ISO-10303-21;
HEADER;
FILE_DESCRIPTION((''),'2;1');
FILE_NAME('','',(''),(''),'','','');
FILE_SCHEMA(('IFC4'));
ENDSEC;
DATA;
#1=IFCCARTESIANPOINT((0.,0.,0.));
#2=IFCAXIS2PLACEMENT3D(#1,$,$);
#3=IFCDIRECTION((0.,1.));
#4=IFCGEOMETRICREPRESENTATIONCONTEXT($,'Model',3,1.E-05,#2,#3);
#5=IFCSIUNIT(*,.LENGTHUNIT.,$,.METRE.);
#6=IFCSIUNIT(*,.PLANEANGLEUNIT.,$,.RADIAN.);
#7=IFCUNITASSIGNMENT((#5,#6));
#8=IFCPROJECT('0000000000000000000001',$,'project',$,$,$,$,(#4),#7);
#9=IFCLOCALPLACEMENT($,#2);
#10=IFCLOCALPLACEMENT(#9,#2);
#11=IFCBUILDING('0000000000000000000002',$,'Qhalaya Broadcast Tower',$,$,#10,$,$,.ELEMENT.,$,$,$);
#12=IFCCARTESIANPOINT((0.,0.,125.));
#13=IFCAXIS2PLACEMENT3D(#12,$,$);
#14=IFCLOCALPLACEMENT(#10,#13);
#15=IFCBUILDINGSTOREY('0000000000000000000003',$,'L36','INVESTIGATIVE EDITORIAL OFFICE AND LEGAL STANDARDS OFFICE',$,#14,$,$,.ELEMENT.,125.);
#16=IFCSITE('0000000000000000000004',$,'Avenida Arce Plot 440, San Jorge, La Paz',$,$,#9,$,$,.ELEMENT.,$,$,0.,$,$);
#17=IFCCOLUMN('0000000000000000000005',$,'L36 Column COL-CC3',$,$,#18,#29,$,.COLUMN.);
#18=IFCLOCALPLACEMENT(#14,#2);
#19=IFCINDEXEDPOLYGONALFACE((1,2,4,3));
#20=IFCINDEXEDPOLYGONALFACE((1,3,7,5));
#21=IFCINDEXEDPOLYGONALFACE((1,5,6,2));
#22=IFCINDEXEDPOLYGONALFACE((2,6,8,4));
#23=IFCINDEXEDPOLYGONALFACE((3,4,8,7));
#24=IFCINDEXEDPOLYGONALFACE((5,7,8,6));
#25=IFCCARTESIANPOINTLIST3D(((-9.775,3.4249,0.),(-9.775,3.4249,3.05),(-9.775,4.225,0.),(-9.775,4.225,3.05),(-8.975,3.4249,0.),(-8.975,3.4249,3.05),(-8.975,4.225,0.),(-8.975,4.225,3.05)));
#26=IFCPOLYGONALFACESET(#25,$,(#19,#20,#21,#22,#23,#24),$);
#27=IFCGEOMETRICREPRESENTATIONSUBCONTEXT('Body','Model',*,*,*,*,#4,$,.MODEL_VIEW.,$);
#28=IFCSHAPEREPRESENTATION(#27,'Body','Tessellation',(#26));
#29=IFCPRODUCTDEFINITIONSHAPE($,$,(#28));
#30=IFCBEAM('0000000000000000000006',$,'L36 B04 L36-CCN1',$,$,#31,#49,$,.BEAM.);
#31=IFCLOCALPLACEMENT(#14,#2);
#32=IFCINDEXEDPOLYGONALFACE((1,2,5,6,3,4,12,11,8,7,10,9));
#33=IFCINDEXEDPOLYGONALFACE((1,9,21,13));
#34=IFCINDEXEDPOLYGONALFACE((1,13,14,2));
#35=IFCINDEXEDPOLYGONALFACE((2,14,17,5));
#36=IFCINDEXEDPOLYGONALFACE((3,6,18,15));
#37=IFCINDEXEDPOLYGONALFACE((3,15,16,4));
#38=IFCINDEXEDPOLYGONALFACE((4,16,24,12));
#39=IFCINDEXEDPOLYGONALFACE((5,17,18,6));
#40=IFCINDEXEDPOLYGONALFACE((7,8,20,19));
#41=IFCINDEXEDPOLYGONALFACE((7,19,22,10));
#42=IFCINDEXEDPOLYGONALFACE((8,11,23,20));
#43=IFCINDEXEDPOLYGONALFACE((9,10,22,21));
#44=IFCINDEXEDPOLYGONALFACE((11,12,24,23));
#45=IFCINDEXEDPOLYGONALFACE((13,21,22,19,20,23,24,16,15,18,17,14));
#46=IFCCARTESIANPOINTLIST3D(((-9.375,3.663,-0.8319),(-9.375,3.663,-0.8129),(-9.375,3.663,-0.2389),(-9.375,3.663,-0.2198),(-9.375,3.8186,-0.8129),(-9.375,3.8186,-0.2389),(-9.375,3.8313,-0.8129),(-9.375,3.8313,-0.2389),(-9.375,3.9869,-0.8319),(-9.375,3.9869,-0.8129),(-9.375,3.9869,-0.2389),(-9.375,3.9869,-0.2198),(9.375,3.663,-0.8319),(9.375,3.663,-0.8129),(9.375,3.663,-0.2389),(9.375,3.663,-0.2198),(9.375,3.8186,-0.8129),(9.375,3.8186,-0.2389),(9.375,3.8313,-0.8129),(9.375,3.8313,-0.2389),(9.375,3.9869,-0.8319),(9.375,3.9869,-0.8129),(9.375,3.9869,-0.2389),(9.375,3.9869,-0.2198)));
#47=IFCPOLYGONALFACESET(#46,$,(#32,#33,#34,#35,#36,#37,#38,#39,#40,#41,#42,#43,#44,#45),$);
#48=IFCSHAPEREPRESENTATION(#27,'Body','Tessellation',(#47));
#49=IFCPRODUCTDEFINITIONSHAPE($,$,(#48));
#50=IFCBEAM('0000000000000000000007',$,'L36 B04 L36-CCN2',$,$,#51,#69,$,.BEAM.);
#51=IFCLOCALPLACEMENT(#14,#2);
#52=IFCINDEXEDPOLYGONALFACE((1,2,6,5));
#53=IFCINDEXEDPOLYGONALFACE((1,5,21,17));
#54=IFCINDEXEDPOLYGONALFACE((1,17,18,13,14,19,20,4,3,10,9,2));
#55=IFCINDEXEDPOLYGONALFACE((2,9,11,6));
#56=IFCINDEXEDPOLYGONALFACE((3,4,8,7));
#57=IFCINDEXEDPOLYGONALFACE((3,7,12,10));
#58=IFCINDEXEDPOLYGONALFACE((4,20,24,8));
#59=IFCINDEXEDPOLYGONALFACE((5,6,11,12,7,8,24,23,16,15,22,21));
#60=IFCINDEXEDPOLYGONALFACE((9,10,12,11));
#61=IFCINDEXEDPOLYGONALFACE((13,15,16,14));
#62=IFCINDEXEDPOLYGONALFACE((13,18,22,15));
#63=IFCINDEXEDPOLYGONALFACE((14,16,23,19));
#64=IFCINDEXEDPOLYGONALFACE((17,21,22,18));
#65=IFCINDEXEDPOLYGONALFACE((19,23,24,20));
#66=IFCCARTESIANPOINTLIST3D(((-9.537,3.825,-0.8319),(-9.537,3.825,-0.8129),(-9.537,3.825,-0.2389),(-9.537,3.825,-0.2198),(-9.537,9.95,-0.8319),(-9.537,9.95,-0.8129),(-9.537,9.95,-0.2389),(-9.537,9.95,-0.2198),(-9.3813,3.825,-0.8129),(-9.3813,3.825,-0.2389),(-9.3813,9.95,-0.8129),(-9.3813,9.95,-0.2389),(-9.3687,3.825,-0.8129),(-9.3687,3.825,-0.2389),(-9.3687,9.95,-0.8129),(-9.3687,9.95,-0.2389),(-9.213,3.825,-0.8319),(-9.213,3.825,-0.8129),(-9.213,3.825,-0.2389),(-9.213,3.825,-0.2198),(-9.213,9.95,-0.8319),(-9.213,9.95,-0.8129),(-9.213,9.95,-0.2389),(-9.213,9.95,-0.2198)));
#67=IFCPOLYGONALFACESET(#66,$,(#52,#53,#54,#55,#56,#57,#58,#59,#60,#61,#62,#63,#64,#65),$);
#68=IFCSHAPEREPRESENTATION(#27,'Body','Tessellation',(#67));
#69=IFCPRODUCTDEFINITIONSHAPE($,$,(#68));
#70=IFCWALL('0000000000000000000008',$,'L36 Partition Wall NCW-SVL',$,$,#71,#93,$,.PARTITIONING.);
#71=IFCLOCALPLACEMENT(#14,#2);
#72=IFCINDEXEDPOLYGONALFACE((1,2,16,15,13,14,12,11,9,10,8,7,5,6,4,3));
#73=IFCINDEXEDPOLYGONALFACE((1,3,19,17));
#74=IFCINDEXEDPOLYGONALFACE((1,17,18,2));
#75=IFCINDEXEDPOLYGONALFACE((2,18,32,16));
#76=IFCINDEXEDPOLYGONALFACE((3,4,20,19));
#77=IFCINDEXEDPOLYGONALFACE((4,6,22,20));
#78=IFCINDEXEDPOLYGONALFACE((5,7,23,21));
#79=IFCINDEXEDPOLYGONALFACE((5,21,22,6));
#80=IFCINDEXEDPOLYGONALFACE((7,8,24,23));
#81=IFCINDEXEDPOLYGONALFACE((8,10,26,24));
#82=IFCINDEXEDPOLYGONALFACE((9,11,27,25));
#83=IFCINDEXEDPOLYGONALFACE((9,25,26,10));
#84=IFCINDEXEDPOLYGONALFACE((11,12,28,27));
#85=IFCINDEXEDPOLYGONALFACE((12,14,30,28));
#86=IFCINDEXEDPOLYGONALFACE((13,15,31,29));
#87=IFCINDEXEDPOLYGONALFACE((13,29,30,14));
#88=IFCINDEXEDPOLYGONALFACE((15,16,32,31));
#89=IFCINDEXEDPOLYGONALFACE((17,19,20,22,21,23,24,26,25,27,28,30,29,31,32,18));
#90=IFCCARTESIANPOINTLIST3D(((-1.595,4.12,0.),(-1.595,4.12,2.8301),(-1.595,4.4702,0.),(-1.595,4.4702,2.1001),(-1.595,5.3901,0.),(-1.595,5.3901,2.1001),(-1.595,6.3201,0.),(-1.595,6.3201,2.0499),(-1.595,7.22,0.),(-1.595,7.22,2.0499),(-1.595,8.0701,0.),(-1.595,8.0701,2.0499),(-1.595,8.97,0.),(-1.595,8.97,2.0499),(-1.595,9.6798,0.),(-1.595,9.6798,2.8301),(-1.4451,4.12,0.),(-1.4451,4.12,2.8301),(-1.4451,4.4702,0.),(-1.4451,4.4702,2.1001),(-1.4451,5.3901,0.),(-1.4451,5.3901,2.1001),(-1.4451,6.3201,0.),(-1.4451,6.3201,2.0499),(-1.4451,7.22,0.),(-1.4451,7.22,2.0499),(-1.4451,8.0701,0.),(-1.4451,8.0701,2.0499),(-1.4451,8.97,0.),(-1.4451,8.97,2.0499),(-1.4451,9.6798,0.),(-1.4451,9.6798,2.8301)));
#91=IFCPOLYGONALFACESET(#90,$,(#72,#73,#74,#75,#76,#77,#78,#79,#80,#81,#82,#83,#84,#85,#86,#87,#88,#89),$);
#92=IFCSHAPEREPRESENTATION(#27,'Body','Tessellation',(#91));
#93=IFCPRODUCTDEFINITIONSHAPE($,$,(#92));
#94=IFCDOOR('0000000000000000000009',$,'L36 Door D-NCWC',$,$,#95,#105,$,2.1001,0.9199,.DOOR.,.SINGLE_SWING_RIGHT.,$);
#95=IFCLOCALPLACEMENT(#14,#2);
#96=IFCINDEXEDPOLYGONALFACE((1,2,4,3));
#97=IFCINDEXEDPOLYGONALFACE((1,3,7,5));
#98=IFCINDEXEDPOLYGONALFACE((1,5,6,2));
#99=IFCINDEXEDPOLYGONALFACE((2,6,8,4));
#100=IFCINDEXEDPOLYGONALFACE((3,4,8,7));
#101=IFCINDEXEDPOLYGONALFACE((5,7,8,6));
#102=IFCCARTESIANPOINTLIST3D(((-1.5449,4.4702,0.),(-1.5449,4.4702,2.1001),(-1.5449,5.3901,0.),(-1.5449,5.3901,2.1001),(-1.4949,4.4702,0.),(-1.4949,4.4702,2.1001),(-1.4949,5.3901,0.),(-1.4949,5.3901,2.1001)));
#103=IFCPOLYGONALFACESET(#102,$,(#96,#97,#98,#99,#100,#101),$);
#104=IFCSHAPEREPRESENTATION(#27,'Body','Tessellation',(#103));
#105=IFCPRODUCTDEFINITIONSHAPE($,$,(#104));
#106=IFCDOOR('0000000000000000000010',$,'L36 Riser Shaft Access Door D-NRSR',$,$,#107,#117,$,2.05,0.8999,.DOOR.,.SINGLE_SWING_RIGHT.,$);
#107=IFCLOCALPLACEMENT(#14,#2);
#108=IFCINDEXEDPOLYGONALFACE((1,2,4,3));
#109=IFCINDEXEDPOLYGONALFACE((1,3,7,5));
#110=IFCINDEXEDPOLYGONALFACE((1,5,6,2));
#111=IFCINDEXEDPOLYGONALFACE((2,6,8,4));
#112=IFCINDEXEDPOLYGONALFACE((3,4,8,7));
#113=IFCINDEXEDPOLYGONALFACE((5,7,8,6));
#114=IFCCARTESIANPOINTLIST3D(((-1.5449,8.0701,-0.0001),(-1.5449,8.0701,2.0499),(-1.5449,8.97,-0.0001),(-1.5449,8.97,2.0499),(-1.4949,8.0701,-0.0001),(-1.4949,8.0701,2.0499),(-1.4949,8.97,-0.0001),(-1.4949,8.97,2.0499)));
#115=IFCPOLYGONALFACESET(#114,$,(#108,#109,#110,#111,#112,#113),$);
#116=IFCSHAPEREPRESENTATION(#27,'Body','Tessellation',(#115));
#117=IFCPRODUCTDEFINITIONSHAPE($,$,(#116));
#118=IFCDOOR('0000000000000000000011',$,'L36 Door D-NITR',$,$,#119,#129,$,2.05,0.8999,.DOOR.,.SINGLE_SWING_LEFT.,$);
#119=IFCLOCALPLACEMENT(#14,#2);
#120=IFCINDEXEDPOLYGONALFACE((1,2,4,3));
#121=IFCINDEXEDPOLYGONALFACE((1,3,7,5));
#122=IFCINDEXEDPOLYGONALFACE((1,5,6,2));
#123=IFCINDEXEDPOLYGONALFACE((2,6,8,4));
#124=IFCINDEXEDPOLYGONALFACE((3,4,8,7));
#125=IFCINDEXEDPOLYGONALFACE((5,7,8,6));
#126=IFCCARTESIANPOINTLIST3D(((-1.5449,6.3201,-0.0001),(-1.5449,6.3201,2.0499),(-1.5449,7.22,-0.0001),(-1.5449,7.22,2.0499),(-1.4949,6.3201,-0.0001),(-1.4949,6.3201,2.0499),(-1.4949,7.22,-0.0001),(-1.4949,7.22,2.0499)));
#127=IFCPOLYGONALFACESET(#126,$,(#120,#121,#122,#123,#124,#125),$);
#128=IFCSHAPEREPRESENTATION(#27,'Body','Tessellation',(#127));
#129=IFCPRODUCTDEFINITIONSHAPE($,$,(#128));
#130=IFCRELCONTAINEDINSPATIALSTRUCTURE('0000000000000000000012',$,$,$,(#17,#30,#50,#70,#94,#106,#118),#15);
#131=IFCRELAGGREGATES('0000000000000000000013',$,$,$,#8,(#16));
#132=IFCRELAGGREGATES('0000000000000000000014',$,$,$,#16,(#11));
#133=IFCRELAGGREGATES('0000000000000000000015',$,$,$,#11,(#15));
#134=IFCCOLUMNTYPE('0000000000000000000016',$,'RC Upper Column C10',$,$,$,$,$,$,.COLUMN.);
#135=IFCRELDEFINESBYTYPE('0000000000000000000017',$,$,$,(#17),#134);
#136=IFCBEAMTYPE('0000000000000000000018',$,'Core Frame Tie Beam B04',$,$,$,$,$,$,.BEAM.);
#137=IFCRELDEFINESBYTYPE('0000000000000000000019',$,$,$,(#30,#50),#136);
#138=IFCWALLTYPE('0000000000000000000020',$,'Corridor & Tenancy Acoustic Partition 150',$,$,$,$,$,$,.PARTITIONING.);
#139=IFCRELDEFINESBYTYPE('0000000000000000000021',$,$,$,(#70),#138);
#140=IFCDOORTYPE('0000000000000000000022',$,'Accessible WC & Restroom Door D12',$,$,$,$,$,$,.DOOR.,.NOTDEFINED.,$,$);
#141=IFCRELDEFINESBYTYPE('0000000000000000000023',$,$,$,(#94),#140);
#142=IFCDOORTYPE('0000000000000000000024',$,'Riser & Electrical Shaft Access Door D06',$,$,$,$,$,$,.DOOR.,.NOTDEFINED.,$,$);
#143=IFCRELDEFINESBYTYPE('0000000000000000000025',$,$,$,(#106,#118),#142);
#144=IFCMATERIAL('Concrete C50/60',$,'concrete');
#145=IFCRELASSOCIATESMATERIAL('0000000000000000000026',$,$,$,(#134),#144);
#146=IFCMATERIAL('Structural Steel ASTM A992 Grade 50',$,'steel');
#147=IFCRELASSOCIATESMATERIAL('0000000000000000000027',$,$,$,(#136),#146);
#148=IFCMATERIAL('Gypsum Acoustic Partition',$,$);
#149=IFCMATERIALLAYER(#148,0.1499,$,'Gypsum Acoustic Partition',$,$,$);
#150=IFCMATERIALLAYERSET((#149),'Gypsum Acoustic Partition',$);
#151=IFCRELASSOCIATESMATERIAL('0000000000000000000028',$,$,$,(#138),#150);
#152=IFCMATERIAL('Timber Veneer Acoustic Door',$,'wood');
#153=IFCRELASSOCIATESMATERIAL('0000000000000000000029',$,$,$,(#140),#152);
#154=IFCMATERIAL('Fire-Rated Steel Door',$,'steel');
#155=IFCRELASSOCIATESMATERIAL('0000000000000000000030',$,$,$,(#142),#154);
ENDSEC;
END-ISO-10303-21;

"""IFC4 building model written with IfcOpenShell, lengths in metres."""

from ifc_helpers import new_model, si_unit, direction, frame, frame_2d, origin, origin_2d, place, context, subcontext, project, spatial, rectangle, i_section, extrude, material, layer, layer_set, material_profile, profile_set, type_object, element, fill, save


model = new_model("IFC4")

# Units and contexts
model_context = context("Model", 3, precision=1e-05, world=origin(), true_north=direction((0.0, 1.0)))
body_context = subcontext(model_context, "Body", "Model", "MODEL_VIEW")
ifc_project = project(units=[si_unit("LENGTHUNIT", "METRE"), si_unit("PLANEANGLEUNIT", "RADIAN")], contexts=[model_context])

# Site, building, storey
site_placement = place(None, origin())
site = spatial("IfcSite", under=ifc_project, at=site_placement, Name="Avenida Arce Plot 440, San Jorge, La Paz", CompositionType="ELEMENT", RefElevation=0.0)
building_placement = place(site_placement, origin())
building = spatial("IfcBuilding", under=site, at=building_placement, Name="Qhalaya Broadcast Tower", CompositionType="ELEMENT")
storey_placement = place(building_placement, frame((0.0, 0.0, 125.0)))
storey = spatial("IfcBuildingStorey", under=building, at=storey_placement, Name="L36", Description="INVESTIGATIVE EDITORIAL OFFICE AND LEGAL STANDARDS OFFICE", CompositionType="ELEMENT", Elevation=125.0)

# Column
ifc_material_1 = material(Name="Concrete C50/60", Category="concrete")
ifc_material_profile_1 = material_profile(ifc_material_1, rectangle(XDim=0.8, YDim=0.8, at=origin_2d()), Name="RC-COL 800x800")
ifc_profile_set_1 = profile_set([ifc_material_profile_1], Name="Concrete C50/60")
column_type = type_object("IfcColumnType", Name="RC Upper Column C10", PredefinedType="COLUMN", material=ifc_profile_set_1)
column_placement = place(storey_placement, frame((-9.375, 3.825, 0.0), z_axis=(0.0, 0.0, 1.0), x_axis=(1.0, 0.0, 0.0)))
element("IfcColumn", 1, at=column_placement, inside=storey, type_object=column_type, Name="L36 Column COL-CC3", PredefinedType="COLUMN", context=body_context, shape_type="SweptSolid", body=[
    extrude(rectangle(XDim=0.8, YDim=0.8, at=origin_2d()), origin(), (0.0, 0.0, 1.0), 3.05),
])

# Beams
ifc_material_2 = material(Name="Structural Steel ASTM A992 Grade 50", Category="steel")
ifc_material_profile_2 = material_profile(ifc_material_2, i_section(OverallWidth=0.324, OverallDepth=0.6121, WebThickness=0.0127, FlangeThickness=0.019, at=origin_2d()), Name="W24X104")
ifc_profile_set_2 = profile_set([ifc_material_profile_2], Name="Structural Steel ASTM A992 Grade 50")
beam_type = type_object("IfcBeamType", Name="Core Frame Tie Beam B04", PredefinedType="BEAM", material=ifc_profile_set_2)
beam_1_placement = place(storey_placement, frame((-9.375, 3.825, -0.5259), z_axis=(1.0, 0.0, 0.0), x_axis=(0.0, 1.0, 0.0)))
element("IfcBeam", 2, at=beam_1_placement, inside=storey, type_object=beam_type, Name="L36 B04 L36-CCN1", PredefinedType="BEAM", context=body_context, shape_type="SweptSolid", body=[
    extrude(i_section(OverallWidth=0.324, OverallDepth=0.6121, WebThickness=0.0127, FlangeThickness=0.019, at=origin_2d()), origin(), (0.0, 0.0, 1.0), 18.75),
])
beam_2_placement = place(storey_placement, frame((-9.375, 3.825, -0.5259), z_axis=(0.0, 1.0, 0.0), x_axis=(-1.0, 0.0, 0.0)))
element("IfcBeam", 3, at=beam_2_placement, inside=storey, type_object=beam_type, Name="L36 B04 L36-CCN2", PredefinedType="BEAM", context=body_context, shape_type="SweptSolid", body=[
    extrude(i_section(OverallWidth=0.324, OverallDepth=0.6121, WebThickness=0.0127, FlangeThickness=0.019, at=origin_2d()), origin(), (0.0, 0.0, 1.0), 6.125),
])

# Wall, openings, doors
ifc_material_3 = material(Name="Gypsum Acoustic Partition")
ifc_layer_1 = layer(ifc_material_3, 0.1499, Name="Gypsum Acoustic Partition")
ifc_layer_set_1 = layer_set([ifc_layer_1], Name="Gypsum Acoustic Partition")
wall_type_1 = type_object("IfcWallType", Name="Corridor & Tenancy Acoustic Partition 150", PredefinedType="PARTITIONING", material=ifc_layer_set_1)
wall_1_placement = place(storey_placement, frame((-1.52, 4.1201, 0.0), z_axis=(0.0, 0.0, 1.0), x_axis=(0.0, 1.0, 0.0)))
wall_1 = element("IfcWall", 4, at=wall_1_placement, inside=storey, type_object=wall_type_1, Name="L36 Partition Wall NCW-SVL", PredefinedType="PARTITIONING", context=body_context, shape_type="SweptSolid", body=[
    extrude(rectangle(XDim=5.5598, YDim=0.1499, at=frame_2d((2.7798, 0.0))), origin(), (0.0, 0.0, 1.0), 2.8301),
])
opening_1_placement = place(wall_1_placement, frame((3.95, 0.0, 0.0)))
opening_1 = element("IfcOpeningElement", 5, at=opening_1_placement, cuts=wall_1, PredefinedType="OPENING", context=body_context, shape_type="SweptSolid", body=[
    extrude(rectangle(XDim=0.8999, YDim=2.05, at=frame_2d((0.45, 1.0249))), frame((0.0, 0.0869, 0.0), z_axis=(0.0, -1.0, 0.0), x_axis=(1.0, 0.0, 0.0)), (0.0, 0.0, 1.0), 0.1738),
])
opening_2_placement = place(wall_1_placement, frame((2.2, 0.0, 0.0)))
opening_2 = element("IfcOpeningElement", 6, at=opening_2_placement, cuts=wall_1, PredefinedType="OPENING", context=body_context, shape_type="SweptSolid", body=[
    extrude(rectangle(XDim=0.8999, YDim=2.05, at=frame_2d((0.45, 1.0249))), frame((0.0, 0.0869, 0.0), z_axis=(0.0, -1.0, 0.0), x_axis=(1.0, 0.0, 0.0)), (0.0, 0.0, 1.0), 0.1738),
])
opening_3_placement = place(wall_1_placement, frame((0.3501, 0.0, 0.0)))
opening_3 = element("IfcOpeningElement", 7, at=opening_3_placement, cuts=wall_1, PredefinedType="OPENING", context=body_context, shape_type="SweptSolid", body=[
    extrude(rectangle(XDim=0.9199, YDim=2.1001, at=frame_2d((0.46, 1.05))), frame((0.0, 0.0869, 0.0), z_axis=(0.0, -1.0, 0.0), x_axis=(1.0, 0.0, 0.0)), (0.0, 0.0, 1.0), 0.1738),
])
ifc_material_4 = material(Name="Timber Veneer Acoustic Door", Category="wood")
door_type_1 = type_object("IfcDoorType", Name="Accessible WC & Restroom Door D12", OperationType="NOTDEFINED", PredefinedType="DOOR", material=ifc_material_4)
door_1_placement = place(opening_3_placement, origin())
door_1 = element("IfcDoor", 8, at=door_1_placement, inside=storey, type_object=door_type_1, Name="L36 Door D-NCWC", OperationType="SINGLE_SWING_RIGHT", OverallHeight=2.1001, OverallWidth=0.9199, PredefinedType="DOOR", context=body_context, shape_type="SweptSolid", body=[
    extrude(rectangle(XDim=0.9199, YDim=2.1001, at=frame_2d((0.46, 1.05))), frame((0.0, 0.0249, 0.0), z_axis=(0.0, -1.0, 0.0), x_axis=(1.0, 0.0, 0.0)), (0.0, 0.0, 1.0), 0.05),
])
fill(opening_3, door_1)
ifc_material_5 = material(Name="Fire-Rated Steel Door", Category="steel")
door_type_2 = type_object("IfcDoorType", Name="Riser & Electrical Shaft Access Door D06", OperationType="NOTDEFINED", PredefinedType="DOOR", material=ifc_material_5)
door_2_placement = place(opening_1_placement, origin())
door_2 = element("IfcDoor", 9, at=door_2_placement, inside=storey, type_object=door_type_2, Name="L36 Riser Shaft Access Door D-NRSR", OperationType="SINGLE_SWING_RIGHT", OverallHeight=2.05, OverallWidth=0.8999, PredefinedType="DOOR", context=body_context, shape_type="SweptSolid", body=[
    extrude(rectangle(XDim=0.8999, YDim=2.05, at=frame_2d((0.45, 1.0249))), frame((0.0, 0.0249, 0.0), z_axis=(0.0, -1.0, 0.0), x_axis=(1.0, 0.0, 0.0)), (0.0, 0.0, 1.0), 0.05),
])
fill(opening_1, door_2)
door_3_placement = place(opening_2_placement, origin())
door_3 = element("IfcDoor", 10, at=door_3_placement, inside=storey, type_object=door_type_2, Name="L36 Door D-NITR", OperationType="SINGLE_SWING_LEFT", OverallHeight=2.05, OverallWidth=0.8999, PredefinedType="DOOR", context=body_context, shape_type="SweptSolid", body=[
    extrude(rectangle(XDim=0.8999, YDim=2.05, at=frame_2d((0.45, 1.0249))), frame((0.0, 0.0249, 0.0), z_axis=(0.0, -1.0, 0.0), x_axis=(1.0, 0.0, 0.0)), (0.0, 0.0, 1.0), 0.05),
])
fill(opening_2, door_3)

save(model, "model.ifc")
